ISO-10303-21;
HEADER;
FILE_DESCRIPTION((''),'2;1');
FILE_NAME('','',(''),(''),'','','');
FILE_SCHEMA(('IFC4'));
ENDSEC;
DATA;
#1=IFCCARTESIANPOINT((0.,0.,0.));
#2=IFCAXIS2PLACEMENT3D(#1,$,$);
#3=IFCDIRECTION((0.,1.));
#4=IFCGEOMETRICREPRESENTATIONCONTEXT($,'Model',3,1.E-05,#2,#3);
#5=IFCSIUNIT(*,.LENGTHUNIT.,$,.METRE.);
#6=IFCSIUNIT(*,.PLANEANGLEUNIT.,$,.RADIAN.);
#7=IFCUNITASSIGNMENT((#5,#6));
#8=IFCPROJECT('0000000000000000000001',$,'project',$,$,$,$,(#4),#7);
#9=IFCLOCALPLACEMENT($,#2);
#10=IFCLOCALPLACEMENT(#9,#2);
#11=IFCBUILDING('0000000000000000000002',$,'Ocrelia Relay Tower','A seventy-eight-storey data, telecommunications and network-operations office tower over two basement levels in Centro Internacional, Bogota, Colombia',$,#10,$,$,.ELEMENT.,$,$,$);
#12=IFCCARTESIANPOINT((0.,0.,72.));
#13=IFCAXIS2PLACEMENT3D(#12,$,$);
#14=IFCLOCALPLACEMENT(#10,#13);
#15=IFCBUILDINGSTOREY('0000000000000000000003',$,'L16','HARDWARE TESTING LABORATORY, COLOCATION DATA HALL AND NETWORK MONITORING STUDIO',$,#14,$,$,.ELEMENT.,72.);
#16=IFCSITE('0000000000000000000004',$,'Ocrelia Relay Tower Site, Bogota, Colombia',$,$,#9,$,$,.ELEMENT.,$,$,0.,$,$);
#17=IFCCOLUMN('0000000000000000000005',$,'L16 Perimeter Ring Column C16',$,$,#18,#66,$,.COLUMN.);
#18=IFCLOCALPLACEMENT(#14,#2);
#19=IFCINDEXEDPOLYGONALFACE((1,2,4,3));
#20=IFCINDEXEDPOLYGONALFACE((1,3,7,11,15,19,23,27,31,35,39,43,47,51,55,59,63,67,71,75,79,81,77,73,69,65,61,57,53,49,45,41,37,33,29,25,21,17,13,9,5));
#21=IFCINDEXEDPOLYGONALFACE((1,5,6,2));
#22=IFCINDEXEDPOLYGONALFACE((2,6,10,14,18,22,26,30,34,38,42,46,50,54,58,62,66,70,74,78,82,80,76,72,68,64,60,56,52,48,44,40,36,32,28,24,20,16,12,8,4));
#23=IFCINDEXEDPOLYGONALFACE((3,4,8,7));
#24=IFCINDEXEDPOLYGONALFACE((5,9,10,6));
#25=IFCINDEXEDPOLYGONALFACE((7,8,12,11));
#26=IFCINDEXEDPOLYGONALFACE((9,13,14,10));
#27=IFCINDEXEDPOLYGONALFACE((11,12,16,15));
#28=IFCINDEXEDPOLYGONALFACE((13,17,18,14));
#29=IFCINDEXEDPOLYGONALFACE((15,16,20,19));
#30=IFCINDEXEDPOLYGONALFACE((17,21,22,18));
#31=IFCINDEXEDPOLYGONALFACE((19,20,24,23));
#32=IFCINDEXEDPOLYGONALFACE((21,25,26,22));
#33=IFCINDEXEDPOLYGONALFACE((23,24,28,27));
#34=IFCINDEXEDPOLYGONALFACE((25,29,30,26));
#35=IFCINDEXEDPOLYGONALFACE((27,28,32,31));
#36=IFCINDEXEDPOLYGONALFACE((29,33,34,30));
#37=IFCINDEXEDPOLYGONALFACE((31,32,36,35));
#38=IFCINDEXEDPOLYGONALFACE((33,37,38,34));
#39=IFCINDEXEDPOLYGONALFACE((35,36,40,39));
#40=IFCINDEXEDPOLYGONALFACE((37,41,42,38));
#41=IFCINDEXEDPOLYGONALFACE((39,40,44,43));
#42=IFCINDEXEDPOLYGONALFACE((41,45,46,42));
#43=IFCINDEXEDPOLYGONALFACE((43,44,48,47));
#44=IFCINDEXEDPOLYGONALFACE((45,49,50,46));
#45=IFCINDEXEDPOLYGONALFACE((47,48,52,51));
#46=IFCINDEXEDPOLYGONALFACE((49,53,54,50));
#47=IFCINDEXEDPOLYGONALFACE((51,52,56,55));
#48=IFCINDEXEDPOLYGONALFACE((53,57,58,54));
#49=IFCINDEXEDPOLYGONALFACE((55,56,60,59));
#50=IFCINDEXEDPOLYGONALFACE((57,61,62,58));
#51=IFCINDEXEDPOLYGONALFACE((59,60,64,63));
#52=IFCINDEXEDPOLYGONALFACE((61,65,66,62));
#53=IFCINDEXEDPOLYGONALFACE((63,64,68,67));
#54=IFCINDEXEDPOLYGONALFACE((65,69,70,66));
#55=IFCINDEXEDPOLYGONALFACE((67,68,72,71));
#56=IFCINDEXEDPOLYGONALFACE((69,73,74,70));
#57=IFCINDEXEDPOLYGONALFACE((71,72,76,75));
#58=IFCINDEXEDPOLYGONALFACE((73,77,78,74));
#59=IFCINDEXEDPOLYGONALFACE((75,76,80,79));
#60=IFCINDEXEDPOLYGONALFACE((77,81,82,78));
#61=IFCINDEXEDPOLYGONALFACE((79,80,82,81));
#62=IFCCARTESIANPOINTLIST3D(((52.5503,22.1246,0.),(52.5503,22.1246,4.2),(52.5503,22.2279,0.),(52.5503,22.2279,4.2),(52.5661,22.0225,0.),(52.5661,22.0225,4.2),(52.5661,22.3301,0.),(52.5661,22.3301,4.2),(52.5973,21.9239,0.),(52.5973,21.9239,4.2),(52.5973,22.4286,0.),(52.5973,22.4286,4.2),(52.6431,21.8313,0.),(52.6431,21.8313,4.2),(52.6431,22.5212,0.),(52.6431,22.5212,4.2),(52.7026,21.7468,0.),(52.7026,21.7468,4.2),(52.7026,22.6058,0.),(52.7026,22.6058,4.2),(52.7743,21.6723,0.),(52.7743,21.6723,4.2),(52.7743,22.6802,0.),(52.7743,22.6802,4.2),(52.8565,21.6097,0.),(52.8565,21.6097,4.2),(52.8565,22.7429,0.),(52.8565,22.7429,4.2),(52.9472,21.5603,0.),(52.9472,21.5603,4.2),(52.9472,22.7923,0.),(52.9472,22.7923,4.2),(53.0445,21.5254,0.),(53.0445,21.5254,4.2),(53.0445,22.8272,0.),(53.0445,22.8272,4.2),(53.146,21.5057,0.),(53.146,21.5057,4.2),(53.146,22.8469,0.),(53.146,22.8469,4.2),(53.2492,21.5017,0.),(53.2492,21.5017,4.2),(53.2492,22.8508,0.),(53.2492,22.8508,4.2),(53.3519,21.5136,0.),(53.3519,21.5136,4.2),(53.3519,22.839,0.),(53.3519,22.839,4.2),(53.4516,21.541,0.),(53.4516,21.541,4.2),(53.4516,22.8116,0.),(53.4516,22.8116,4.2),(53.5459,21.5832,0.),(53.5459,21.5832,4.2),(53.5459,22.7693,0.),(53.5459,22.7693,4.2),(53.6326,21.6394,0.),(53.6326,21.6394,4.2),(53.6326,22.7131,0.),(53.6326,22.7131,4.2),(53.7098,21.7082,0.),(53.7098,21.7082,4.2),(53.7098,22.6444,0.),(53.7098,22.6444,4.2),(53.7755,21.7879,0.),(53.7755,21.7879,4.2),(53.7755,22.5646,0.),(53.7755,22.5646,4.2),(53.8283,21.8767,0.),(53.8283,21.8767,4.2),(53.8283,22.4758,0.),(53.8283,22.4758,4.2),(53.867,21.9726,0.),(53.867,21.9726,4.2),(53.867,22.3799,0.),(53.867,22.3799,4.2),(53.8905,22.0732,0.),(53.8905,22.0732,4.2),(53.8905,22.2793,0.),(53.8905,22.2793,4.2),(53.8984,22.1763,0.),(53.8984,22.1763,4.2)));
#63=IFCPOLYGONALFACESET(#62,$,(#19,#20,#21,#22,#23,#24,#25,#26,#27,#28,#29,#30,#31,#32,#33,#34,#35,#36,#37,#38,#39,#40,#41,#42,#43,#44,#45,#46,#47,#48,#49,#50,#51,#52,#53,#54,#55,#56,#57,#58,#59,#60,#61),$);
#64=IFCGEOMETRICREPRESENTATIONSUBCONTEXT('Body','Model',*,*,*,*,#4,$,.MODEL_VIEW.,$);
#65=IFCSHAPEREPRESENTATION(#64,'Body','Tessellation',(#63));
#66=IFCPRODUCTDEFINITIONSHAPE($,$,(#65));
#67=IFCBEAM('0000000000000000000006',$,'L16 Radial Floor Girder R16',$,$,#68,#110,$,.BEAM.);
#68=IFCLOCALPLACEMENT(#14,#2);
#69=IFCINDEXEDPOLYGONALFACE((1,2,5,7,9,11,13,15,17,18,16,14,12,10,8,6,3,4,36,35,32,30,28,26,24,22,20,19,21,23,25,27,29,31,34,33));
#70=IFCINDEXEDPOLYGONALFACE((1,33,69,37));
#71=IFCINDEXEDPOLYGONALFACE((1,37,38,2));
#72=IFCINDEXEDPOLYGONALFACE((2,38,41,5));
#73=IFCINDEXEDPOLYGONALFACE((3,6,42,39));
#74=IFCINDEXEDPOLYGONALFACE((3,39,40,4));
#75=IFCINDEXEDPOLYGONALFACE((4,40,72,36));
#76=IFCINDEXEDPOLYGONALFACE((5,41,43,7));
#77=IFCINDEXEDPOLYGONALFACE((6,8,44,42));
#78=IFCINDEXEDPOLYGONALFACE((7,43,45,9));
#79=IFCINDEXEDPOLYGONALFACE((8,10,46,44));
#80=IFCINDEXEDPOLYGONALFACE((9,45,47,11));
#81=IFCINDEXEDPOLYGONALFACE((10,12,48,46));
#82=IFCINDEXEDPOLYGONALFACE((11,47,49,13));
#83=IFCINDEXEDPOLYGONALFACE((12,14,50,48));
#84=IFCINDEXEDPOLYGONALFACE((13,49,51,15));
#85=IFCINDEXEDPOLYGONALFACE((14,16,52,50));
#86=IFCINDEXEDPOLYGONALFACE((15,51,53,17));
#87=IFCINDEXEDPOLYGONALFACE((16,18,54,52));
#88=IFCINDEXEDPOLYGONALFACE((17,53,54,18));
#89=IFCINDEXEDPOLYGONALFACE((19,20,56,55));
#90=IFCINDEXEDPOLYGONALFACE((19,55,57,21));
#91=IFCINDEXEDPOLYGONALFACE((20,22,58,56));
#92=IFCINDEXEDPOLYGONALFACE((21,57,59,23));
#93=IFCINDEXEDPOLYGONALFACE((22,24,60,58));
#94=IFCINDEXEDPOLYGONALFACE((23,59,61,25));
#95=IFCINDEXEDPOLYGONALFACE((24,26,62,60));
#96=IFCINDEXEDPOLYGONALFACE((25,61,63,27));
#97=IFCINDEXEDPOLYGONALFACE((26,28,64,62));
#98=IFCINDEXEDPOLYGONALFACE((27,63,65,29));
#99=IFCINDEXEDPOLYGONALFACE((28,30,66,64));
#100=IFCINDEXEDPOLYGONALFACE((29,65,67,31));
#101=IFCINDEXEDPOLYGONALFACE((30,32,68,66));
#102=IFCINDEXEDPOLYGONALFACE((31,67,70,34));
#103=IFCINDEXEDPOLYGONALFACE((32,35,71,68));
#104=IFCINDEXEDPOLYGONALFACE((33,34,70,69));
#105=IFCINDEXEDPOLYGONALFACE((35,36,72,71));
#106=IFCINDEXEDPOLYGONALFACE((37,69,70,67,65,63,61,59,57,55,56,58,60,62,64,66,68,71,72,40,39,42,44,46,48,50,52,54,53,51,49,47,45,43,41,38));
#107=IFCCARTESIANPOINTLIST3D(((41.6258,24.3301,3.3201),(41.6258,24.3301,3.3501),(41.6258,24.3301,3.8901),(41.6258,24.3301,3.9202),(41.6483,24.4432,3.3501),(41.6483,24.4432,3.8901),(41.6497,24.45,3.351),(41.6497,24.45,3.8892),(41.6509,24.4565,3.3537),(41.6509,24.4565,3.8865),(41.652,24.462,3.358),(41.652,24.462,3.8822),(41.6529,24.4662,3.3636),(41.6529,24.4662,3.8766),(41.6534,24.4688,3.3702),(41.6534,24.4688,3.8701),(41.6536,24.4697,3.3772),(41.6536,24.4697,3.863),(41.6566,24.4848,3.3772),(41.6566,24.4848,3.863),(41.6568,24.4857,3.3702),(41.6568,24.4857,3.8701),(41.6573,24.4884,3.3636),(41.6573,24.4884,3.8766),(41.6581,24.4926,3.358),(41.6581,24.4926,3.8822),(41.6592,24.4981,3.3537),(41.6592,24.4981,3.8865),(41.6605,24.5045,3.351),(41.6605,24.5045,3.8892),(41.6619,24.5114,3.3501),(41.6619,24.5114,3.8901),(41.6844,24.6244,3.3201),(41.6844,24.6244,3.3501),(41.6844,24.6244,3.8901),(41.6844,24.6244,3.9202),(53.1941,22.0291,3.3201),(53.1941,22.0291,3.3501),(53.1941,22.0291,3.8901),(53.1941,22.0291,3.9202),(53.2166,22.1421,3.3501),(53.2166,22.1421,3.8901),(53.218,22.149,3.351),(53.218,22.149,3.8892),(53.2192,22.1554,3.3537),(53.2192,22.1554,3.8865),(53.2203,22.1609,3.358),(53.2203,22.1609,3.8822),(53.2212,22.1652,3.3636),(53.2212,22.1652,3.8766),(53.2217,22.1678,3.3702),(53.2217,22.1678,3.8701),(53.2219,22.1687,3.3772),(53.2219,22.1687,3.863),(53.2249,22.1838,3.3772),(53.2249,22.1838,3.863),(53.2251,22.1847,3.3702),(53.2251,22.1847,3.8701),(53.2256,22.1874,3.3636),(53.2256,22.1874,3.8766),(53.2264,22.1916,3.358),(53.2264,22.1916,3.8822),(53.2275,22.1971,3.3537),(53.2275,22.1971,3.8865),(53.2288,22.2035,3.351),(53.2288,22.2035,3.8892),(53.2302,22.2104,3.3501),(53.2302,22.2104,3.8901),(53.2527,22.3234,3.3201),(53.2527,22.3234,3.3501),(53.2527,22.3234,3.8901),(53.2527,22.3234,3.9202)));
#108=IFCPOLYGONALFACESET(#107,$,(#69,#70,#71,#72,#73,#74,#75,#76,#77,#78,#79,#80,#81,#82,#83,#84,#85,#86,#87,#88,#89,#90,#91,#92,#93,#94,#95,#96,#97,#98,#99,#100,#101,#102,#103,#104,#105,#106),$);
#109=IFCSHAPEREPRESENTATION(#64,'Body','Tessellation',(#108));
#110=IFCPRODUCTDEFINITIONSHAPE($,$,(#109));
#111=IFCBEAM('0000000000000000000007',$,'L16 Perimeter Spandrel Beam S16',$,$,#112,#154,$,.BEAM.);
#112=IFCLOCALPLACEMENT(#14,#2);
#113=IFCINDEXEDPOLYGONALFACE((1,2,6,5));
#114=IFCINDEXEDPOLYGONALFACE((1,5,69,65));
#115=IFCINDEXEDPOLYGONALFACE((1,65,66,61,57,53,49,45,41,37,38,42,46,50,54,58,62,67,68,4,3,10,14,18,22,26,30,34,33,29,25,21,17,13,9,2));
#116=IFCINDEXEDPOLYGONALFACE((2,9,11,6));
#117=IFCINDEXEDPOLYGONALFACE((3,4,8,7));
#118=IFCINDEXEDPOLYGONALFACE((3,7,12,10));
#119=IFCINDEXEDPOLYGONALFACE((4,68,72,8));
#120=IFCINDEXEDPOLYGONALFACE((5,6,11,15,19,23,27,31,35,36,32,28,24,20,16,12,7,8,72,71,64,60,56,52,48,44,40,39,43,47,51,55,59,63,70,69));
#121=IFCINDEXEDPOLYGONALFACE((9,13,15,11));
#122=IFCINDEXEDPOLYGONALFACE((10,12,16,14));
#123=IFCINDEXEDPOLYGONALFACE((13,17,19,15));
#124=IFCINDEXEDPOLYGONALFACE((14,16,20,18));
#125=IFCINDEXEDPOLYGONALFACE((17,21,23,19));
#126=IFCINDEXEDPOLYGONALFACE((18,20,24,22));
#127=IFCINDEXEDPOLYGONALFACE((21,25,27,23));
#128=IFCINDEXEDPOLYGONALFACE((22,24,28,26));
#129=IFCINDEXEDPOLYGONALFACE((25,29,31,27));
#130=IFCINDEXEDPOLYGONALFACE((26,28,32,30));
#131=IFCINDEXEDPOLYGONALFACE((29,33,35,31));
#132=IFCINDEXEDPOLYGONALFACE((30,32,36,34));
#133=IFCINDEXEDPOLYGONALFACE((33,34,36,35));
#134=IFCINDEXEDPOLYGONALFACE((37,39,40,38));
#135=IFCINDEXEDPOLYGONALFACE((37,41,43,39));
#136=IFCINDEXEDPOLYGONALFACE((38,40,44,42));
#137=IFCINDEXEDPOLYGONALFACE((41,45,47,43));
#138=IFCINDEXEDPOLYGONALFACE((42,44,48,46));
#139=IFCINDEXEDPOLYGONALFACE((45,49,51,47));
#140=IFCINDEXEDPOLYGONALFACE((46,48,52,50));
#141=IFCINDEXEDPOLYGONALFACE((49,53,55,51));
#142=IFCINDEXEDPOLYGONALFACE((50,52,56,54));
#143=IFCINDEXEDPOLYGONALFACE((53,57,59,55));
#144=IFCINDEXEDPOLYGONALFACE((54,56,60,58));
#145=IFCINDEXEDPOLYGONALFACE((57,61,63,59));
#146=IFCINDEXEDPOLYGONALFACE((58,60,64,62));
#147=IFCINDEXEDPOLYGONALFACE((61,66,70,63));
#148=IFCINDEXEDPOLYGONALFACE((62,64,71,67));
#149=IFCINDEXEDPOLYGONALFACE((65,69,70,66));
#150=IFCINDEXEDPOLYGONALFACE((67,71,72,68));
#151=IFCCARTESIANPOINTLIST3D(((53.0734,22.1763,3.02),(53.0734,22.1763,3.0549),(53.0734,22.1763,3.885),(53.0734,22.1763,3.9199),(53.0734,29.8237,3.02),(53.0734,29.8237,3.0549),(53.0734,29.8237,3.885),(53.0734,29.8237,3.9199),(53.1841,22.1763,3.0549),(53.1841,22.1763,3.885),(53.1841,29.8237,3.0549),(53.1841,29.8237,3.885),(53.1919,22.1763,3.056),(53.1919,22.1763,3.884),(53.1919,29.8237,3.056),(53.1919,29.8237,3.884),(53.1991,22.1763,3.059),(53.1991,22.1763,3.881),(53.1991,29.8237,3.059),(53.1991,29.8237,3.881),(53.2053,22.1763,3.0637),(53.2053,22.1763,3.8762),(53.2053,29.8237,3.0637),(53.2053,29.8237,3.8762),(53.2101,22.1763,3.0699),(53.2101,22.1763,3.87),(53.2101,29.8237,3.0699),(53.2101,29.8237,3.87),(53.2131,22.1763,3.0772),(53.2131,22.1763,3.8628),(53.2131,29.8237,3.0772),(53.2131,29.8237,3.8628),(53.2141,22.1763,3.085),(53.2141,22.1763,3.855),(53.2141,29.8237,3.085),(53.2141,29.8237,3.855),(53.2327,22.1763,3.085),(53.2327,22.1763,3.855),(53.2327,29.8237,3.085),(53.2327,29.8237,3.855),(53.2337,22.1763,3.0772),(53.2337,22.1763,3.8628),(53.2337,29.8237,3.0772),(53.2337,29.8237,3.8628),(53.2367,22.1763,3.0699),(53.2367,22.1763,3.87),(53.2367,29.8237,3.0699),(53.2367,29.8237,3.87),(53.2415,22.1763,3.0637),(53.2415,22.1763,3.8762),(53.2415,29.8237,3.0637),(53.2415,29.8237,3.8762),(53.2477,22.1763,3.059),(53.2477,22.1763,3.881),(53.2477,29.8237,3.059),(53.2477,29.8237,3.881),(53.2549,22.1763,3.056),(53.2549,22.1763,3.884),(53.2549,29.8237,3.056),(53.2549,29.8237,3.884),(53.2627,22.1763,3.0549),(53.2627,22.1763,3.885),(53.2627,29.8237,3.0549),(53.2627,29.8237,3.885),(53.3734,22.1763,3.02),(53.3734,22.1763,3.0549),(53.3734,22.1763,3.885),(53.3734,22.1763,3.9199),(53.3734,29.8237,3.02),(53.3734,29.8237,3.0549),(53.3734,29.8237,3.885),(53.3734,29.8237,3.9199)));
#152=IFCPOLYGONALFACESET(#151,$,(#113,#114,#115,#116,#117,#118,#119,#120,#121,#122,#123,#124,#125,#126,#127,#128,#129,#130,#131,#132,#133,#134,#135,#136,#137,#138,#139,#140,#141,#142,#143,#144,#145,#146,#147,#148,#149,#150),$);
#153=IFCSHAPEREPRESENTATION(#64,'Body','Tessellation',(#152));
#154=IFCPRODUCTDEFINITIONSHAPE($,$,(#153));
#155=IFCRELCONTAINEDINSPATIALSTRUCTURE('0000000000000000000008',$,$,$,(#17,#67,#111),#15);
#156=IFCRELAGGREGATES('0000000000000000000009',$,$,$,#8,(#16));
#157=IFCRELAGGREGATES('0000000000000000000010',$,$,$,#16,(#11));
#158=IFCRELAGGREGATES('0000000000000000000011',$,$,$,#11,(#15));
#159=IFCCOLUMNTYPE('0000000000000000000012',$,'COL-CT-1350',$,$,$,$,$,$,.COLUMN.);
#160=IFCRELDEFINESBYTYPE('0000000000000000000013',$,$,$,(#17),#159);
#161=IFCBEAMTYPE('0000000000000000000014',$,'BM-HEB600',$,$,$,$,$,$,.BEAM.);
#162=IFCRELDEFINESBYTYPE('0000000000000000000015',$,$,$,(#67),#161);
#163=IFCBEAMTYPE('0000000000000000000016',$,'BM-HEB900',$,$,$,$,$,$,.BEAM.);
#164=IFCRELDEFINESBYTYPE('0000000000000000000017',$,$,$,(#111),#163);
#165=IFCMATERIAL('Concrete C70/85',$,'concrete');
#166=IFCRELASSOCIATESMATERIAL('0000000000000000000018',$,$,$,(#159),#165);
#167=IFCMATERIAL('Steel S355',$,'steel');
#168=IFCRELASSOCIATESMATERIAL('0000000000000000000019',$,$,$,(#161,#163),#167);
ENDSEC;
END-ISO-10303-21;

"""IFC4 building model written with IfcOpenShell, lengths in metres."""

from ifc_helpers import new_model, si_unit, direction, frame, origin, origin_2d, place, context, subcontext, project, spatial, circle, i_section, extrude, material, material_profile, profile_set, type_object, element, save


model = new_model("IFC4")

# Units and contexts
model_context = context("Model", 3, precision=1e-05, world=origin(), true_north=direction((0.0, 1.0)))
body_context = subcontext(model_context, "Body", "Model", "MODEL_VIEW")
ifc_project = project(units=[si_unit("LENGTHUNIT", "METRE"), si_unit("PLANEANGLEUNIT", "RADIAN")], contexts=[model_context])

# Site, building, storey
site_placement = place(None, origin())
site = spatial("IfcSite", under=ifc_project, at=site_placement, Name="Ocrelia Relay Tower Site, Bogota, Colombia", CompositionType="ELEMENT", RefElevation=0.0)
building_placement = place(site_placement, origin())
building = spatial("IfcBuilding", under=site, at=building_placement, Name="Ocrelia Relay Tower", Description="A seventy-eight-storey data, telecommunications and network-operations office tower over two basement levels in Centro Internacional, Bogota, Colombia", CompositionType="ELEMENT")
storey_placement = place(building_placement, frame((0.0, 0.0, 72.0)))
storey = spatial("IfcBuildingStorey", under=building, at=storey_placement, Name="L16", Description="HARDWARE TESTING LABORATORY, COLOCATION DATA HALL AND NETWORK MONITORING STUDIO", CompositionType="ELEMENT", Elevation=72.0)

# Column
ifc_material_1 = material(Name="Concrete C70/85", Category="concrete")
ifc_material_profile_1 = material_profile(ifc_material_1, circle(Radius=0.675, at=origin_2d()), Name="RC-CIR-1350")
ifc_profile_set_1 = profile_set([ifc_material_profile_1], Name="Concrete C70/85")
column_type = type_object("IfcColumnType", Name="COL-CT-1350", PredefinedType="COLUMN", material=ifc_profile_set_1)
column_placement = place(storey_placement, frame((53.2234, 22.1763, 0.0), z_axis=(0.0, 0.0, 1.0), x_axis=(1.0, 0.0, 0.0)))
element("IfcColumn", 1, at=column_placement, inside=storey, type_object=column_type, Name="L16 Perimeter Ring Column C16", PredefinedType="COLUMN", context=body_context, shape_type="SweptSolid", body=[
    extrude(circle(Radius=0.675, at=origin_2d()), origin(), (0.0, 0.0, 1.0), 4.2),
])

# Beams
ifc_material_2 = material(Name="Steel S355", Category="steel")
ifc_material_profile_2 = material_profile(ifc_material_2, i_section(OverallWidth=0.3, OverallDepth=0.6001, WebThickness=0.0154, FlangeThickness=0.03, FilletRadius=0.0271, at=origin_2d()), Name="HEB 600")
ifc_profile_set_2 = profile_set([ifc_material_profile_2], Name="Steel S355")
beam_type_1 = type_object("IfcBeamType", Name="BM-HEB600", PredefinedType="BEAM", material=ifc_profile_set_2)
beam_1_placement = place(storey_placement, frame((53.2234, 22.1763, 3.6201), z_axis=(-0.980786, 0.195085, 0.0), x_axis=(-0.195085, -0.980786, 0.0)))
element("IfcBeam", 2, at=beam_1_placement, inside=storey, type_object=beam_type_1, Name="L16 Radial Floor Girder R16", PredefinedType="BEAM", context=body_context, shape_type="SweptSolid", body=[
    extrude(i_section(OverallWidth=0.3, OverallDepth=0.6001, WebThickness=0.0154, FlangeThickness=0.03, FilletRadius=0.0271, at=origin_2d()), origin(), (0.0, 0.0, 1.0), 11.7949),
])
ifc_material_profile_3 = material_profile(ifc_material_2, i_section(OverallWidth=0.3, OverallDepth=0.8999, WebThickness=0.0186, FlangeThickness=0.0349, FilletRadius=0.03, at=origin_2d()), Name="HEB 900")
ifc_profile_set_3 = profile_set([ifc_material_profile_3], Name="Steel S355")
beam_type_2 = type_object("IfcBeamType", Name="BM-HEB900", PredefinedType="BEAM", material=ifc_profile_set_3)
beam_2_placement = place(storey_placement, frame((53.2234, 22.1763, 3.47), z_axis=(0.0, 1.0, 0.0), x_axis=(-1.0, 0.0, 0.0)))
element("IfcBeam", 3, at=beam_2_placement, inside=storey, type_object=beam_type_2, Name="L16 Perimeter Spandrel Beam S16", PredefinedType="BEAM", context=body_context, shape_type="SweptSolid", body=[
    extrude(i_section(OverallWidth=0.3, OverallDepth=0.8999, WebThickness=0.0186, FlangeThickness=0.0349, FilletRadius=0.03, at=origin_2d()), origin(), (0.0, 0.0, 1.0), 7.6475),
])

save(model, "model.ifc")
